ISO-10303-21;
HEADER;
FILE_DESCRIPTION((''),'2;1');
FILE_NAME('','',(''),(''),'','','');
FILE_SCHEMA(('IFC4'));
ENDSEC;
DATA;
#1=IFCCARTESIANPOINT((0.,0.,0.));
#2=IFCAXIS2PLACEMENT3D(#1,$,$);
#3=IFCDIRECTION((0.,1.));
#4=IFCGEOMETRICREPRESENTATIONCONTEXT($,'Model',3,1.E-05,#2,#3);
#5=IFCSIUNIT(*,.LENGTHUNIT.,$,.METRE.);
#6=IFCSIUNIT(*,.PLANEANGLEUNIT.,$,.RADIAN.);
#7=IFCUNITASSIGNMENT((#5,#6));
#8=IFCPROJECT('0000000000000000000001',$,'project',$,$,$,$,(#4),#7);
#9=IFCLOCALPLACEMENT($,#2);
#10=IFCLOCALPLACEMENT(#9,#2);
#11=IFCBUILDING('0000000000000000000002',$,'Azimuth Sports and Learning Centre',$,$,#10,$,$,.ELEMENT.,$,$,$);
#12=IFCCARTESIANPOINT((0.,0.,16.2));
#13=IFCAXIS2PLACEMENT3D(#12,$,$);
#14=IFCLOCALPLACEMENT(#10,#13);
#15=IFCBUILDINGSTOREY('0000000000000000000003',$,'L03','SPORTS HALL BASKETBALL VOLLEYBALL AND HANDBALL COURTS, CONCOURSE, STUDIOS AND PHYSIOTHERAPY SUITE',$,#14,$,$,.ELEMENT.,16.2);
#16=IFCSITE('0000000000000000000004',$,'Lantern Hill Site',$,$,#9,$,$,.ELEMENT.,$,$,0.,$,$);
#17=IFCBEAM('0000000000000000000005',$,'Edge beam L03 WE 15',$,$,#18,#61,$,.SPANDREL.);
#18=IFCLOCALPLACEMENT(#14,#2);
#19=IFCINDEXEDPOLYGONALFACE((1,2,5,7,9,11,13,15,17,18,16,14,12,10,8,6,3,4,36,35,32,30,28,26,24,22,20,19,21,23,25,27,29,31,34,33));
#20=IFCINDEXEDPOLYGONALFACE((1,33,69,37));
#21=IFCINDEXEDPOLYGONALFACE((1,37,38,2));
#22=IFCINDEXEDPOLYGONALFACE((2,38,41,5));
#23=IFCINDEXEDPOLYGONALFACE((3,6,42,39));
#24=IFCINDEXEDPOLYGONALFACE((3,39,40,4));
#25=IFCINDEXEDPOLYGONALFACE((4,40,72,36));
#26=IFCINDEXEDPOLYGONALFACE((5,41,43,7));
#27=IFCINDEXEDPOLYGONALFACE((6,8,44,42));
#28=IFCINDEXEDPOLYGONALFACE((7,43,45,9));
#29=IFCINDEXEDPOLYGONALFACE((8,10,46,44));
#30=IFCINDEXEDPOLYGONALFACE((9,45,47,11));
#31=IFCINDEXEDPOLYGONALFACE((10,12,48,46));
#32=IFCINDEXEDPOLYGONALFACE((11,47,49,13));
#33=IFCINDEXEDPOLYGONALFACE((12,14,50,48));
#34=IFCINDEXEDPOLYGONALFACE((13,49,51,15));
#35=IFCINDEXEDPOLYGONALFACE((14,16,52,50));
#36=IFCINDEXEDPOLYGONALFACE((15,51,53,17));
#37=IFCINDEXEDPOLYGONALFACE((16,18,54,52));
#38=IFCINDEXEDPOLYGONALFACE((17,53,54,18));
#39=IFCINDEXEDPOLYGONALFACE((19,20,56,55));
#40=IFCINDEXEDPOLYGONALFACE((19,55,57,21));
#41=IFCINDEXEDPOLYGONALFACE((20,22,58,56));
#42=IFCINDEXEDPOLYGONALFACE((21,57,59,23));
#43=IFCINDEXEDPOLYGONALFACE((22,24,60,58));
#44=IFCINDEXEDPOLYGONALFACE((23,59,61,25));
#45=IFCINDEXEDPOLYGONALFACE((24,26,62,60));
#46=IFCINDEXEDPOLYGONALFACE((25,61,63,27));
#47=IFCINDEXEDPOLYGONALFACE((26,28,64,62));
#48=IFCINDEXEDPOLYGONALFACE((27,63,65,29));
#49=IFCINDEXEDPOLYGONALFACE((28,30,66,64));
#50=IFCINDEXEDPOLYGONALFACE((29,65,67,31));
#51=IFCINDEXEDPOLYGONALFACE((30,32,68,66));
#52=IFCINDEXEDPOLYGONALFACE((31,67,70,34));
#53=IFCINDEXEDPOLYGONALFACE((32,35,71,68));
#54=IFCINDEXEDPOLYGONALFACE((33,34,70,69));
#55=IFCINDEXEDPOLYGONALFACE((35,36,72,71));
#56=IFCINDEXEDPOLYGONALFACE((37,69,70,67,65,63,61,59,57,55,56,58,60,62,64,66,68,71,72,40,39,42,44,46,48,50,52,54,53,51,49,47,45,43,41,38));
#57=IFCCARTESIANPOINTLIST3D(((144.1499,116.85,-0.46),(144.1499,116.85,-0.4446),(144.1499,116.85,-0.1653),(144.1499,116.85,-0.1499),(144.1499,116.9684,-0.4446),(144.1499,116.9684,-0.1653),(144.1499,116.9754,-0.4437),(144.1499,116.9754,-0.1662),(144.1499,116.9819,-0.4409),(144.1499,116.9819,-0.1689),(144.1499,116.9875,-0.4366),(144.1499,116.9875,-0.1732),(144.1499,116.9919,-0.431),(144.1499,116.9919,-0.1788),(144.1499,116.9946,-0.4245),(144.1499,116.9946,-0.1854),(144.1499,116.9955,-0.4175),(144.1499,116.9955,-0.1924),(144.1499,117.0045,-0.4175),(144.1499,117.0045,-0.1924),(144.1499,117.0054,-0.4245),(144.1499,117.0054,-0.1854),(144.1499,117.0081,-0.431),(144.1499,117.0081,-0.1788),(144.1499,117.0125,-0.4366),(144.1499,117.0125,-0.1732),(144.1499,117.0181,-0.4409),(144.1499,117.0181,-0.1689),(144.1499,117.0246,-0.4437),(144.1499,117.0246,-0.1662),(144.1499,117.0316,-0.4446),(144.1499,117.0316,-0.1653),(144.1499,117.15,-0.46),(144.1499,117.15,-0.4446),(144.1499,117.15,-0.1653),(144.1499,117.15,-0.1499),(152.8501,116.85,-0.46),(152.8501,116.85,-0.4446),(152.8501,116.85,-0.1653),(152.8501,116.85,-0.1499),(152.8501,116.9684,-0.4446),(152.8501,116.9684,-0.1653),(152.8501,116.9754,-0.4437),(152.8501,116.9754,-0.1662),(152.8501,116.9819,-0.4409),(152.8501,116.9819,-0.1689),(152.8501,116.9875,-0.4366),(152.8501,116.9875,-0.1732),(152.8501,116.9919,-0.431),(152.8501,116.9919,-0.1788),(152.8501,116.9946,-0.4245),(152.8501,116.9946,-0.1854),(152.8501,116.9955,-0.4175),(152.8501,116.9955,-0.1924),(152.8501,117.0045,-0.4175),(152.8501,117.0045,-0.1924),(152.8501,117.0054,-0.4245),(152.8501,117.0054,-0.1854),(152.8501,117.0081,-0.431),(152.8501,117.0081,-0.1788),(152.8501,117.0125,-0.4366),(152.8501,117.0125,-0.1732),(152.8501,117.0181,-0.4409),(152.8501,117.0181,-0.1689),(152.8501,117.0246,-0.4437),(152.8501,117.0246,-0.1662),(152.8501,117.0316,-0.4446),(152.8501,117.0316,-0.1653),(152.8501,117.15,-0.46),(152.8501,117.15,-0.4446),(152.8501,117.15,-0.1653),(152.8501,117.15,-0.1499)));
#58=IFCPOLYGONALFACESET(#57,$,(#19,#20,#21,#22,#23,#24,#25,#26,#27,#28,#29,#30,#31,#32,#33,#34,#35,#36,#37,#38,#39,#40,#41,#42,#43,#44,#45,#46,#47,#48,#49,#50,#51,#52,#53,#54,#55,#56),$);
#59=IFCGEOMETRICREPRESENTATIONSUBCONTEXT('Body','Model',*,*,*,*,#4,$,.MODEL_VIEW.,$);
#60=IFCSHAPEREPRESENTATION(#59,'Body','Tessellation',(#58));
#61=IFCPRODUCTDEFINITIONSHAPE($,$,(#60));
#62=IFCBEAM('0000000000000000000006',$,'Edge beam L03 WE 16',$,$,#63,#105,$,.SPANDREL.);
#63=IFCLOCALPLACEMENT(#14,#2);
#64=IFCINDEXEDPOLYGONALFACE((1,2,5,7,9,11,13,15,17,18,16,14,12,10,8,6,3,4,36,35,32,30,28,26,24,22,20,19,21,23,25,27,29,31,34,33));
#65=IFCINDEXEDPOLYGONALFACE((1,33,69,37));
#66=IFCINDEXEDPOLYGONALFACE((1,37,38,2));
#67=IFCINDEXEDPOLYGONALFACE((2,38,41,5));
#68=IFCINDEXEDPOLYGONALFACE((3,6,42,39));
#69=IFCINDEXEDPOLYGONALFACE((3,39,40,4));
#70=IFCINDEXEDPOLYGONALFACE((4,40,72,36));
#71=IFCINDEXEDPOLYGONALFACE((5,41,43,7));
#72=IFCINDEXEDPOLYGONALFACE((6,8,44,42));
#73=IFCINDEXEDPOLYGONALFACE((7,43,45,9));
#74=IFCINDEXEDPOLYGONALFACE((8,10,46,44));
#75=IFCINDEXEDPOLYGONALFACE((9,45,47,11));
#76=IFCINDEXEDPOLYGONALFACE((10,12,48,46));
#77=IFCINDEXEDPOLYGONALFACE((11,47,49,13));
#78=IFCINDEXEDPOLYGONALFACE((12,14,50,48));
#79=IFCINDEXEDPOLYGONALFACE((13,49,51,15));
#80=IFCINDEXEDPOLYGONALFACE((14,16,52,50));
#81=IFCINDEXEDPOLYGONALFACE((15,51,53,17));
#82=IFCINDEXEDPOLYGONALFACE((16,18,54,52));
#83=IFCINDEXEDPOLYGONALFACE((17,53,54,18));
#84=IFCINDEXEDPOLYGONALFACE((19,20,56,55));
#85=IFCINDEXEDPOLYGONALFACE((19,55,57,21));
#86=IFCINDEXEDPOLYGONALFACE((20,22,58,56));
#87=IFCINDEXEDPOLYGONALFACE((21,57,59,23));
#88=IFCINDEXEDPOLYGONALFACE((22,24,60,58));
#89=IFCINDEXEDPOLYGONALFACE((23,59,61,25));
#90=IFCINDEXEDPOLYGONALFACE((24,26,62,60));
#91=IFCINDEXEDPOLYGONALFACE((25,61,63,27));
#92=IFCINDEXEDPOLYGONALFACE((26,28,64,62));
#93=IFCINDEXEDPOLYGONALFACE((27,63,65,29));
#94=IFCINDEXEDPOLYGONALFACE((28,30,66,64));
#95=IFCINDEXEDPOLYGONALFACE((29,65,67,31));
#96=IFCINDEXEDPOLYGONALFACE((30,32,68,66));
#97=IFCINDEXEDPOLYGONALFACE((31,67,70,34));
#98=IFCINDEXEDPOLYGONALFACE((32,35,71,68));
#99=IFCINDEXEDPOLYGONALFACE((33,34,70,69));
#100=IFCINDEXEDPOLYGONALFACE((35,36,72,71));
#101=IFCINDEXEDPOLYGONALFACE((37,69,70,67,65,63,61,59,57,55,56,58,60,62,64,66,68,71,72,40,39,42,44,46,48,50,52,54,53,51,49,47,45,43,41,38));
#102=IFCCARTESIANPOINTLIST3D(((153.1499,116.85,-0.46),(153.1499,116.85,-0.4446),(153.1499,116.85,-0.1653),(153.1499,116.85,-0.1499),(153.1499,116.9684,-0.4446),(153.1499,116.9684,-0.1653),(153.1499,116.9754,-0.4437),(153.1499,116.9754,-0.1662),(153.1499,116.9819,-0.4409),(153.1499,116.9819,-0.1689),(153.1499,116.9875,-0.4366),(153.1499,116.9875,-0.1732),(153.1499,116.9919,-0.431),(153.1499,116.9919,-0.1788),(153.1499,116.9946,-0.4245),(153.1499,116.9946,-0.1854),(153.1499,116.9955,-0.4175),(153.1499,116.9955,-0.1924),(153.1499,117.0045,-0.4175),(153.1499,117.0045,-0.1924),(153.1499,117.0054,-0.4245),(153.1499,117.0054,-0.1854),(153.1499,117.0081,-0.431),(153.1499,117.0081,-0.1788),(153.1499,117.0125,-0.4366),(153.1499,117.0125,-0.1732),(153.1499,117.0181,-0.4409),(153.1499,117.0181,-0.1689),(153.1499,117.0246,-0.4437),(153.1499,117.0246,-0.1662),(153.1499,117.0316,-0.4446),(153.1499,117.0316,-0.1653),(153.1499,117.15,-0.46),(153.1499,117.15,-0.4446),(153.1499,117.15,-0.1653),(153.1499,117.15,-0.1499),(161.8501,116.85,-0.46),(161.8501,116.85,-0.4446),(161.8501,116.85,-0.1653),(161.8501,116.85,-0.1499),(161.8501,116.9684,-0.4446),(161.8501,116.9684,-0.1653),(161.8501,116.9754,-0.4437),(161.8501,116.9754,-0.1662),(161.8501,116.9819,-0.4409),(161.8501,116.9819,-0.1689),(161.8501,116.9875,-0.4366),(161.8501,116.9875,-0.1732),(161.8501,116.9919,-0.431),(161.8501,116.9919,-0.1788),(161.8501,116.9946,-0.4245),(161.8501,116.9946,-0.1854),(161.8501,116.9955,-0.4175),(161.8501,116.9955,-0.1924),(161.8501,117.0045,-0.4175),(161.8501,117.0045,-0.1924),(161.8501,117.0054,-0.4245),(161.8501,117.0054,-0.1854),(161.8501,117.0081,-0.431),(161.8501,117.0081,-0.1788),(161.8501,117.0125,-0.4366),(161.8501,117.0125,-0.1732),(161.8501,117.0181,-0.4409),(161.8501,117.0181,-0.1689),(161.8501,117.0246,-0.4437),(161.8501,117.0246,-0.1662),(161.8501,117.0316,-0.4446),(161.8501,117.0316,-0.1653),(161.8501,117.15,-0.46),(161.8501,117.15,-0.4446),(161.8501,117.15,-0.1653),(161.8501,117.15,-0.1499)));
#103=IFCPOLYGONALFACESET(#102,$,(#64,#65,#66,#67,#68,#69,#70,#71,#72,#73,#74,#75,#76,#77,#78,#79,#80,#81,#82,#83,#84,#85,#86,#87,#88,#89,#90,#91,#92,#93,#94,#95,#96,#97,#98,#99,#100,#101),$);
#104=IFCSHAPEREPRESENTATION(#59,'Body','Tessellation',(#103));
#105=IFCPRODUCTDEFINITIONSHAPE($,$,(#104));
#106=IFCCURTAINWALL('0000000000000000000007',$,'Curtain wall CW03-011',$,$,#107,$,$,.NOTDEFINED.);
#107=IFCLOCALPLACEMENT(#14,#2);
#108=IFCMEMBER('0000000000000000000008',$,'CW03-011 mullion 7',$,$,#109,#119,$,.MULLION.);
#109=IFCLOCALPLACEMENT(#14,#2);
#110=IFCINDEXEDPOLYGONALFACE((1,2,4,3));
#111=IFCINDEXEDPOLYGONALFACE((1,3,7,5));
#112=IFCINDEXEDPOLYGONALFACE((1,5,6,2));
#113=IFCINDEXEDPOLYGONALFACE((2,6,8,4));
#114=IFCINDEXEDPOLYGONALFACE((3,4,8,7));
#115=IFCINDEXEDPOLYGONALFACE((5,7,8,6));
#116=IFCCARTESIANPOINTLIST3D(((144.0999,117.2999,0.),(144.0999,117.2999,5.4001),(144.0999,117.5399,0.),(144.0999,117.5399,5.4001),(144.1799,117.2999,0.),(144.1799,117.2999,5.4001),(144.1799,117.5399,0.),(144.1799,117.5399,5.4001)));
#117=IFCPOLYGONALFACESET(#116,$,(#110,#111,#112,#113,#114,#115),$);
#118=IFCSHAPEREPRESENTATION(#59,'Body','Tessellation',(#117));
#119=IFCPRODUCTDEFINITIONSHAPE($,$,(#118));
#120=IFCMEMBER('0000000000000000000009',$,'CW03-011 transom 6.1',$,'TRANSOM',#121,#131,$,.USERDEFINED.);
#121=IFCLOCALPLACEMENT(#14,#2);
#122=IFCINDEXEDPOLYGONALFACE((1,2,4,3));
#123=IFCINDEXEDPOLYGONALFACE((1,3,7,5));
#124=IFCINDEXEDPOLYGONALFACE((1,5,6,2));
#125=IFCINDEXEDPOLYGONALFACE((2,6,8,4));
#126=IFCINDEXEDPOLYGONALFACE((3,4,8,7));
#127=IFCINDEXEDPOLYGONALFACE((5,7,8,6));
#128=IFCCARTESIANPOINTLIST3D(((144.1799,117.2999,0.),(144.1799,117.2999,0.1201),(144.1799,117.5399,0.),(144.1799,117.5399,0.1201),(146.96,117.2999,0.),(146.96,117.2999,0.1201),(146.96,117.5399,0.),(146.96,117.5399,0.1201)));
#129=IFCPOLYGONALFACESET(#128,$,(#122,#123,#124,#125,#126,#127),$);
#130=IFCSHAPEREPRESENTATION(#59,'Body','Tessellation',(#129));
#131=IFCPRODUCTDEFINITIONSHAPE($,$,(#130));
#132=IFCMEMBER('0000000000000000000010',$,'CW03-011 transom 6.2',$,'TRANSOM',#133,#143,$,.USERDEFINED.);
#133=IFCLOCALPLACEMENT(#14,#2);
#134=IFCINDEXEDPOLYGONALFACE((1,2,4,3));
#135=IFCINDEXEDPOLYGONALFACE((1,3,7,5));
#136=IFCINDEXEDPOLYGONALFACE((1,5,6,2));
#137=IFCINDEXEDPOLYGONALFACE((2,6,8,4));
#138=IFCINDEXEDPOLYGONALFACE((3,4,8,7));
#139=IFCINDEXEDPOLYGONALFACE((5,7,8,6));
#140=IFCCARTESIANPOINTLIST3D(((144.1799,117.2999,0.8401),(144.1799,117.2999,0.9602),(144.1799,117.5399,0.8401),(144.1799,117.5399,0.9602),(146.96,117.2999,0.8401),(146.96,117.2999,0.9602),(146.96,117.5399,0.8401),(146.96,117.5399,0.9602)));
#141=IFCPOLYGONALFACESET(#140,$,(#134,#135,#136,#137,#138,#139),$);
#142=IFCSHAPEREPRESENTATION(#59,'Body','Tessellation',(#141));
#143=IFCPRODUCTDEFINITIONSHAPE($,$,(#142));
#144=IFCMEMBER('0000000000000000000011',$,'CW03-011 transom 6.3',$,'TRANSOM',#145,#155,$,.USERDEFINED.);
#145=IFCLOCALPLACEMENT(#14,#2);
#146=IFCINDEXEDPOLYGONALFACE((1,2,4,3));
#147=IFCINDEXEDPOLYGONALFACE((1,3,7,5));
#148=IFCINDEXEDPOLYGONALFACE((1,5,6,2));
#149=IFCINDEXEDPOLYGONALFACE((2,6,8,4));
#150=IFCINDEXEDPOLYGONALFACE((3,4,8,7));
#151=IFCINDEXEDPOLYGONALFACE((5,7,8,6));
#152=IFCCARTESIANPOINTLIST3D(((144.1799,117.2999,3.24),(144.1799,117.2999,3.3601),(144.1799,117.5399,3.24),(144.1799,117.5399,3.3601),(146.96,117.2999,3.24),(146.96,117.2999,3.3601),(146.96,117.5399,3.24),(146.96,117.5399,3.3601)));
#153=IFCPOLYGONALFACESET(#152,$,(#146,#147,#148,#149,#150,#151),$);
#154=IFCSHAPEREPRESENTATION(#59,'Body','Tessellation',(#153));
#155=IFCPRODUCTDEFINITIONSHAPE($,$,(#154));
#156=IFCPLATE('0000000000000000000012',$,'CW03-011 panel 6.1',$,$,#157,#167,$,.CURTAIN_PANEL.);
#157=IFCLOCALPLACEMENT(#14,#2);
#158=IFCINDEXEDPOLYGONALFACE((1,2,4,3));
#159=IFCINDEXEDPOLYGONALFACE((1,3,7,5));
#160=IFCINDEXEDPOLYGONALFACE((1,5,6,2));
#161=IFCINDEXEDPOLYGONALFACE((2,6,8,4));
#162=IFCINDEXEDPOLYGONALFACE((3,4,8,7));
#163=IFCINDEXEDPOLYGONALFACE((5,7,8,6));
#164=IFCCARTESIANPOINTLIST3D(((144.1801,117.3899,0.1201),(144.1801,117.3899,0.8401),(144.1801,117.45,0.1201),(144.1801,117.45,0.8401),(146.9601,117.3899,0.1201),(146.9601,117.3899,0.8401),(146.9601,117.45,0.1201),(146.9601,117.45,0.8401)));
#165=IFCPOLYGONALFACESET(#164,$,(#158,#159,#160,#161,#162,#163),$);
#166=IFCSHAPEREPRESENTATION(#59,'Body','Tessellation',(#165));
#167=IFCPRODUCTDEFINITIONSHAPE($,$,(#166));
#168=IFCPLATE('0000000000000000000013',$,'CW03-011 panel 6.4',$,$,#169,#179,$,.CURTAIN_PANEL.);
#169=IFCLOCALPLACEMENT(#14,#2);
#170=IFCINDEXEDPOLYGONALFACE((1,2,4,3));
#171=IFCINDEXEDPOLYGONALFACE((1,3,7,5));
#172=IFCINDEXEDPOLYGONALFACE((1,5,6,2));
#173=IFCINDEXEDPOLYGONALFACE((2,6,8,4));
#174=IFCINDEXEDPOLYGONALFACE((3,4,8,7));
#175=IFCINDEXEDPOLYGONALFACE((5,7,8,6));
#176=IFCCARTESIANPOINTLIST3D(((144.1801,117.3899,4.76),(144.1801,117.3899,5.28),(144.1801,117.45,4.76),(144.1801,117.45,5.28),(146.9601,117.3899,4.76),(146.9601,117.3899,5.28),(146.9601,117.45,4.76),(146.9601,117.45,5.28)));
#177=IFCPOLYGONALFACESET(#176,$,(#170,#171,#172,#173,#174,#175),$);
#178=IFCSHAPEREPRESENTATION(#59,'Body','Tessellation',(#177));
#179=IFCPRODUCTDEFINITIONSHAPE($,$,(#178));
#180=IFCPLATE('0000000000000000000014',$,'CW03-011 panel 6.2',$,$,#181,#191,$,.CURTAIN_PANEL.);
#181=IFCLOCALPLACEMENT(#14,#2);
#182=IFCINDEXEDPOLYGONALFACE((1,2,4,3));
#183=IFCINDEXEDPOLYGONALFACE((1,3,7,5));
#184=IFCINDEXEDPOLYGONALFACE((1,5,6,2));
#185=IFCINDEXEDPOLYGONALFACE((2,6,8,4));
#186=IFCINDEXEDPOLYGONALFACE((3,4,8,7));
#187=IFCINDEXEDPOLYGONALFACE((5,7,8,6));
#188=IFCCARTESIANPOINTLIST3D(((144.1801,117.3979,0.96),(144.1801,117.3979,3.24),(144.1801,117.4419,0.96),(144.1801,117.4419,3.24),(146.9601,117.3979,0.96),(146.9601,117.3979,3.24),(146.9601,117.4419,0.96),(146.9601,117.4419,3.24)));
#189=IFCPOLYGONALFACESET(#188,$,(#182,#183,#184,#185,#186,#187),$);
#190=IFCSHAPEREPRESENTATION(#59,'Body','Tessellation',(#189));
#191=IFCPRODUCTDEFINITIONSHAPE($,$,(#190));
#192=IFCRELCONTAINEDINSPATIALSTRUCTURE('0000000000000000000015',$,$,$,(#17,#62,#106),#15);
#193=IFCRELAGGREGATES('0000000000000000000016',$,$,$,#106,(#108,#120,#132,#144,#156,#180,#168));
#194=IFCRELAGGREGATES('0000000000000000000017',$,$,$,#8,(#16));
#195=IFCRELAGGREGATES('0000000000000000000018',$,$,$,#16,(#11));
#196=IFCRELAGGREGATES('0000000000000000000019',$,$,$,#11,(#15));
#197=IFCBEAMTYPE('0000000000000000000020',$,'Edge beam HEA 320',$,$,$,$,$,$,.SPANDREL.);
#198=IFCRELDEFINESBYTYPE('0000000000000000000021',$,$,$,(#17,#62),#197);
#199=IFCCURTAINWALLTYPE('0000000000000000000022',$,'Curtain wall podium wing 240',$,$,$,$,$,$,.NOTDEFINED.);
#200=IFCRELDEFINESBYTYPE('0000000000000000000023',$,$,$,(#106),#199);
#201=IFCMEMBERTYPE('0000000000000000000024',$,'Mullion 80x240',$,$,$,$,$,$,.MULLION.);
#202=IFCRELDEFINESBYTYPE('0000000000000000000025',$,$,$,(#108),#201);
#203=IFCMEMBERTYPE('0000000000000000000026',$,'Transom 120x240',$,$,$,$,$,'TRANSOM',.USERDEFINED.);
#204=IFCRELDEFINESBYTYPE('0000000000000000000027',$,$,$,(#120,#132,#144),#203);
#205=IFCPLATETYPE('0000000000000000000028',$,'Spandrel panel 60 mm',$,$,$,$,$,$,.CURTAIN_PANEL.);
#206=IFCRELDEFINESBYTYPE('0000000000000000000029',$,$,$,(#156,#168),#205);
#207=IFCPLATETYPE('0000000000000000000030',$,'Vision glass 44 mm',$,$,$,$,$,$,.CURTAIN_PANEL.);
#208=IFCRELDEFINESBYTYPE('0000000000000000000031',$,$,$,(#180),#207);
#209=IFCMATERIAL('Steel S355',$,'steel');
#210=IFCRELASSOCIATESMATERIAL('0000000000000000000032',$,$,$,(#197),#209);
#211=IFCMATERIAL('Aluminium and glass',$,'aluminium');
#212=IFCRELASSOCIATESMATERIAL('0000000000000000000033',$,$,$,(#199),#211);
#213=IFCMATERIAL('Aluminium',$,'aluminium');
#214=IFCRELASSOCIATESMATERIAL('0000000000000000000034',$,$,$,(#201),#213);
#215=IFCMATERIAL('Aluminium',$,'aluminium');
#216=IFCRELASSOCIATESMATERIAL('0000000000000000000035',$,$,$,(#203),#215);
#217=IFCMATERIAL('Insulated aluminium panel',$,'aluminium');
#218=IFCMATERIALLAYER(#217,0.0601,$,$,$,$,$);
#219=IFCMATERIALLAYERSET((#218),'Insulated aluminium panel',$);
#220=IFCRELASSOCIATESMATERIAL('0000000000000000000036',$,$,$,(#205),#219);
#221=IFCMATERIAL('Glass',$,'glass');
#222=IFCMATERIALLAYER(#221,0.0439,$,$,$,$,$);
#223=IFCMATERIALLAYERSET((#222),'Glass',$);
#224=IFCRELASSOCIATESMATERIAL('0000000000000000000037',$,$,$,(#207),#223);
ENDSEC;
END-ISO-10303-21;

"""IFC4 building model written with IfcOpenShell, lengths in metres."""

from ifc_helpers import new_model, si_unit, direction, frame, origin, origin_2d, place, context, subcontext, project, spatial, rectangle, i_section, extrude, material, layer, layer_set, material_profile, profile_set, type_object, element, aggregate, save


model = new_model("IFC4")

# Units and contexts
model_context = context("Model", 3, precision=1e-05, world=origin(), true_north=direction((0.0, 1.0)))
body_context = subcontext(model_context, "Body", "Model", "MODEL_VIEW")
ifc_project = project(units=[si_unit("LENGTHUNIT", "METRE"), si_unit("PLANEANGLEUNIT", "RADIAN")], contexts=[model_context])

# Site, building, storey
site_placement = place(None, origin())
site = spatial("IfcSite", under=ifc_project, at=site_placement, Name="Lantern Hill Site", CompositionType="ELEMENT", RefElevation=0.0)
building_placement = place(site_placement, origin())
building = spatial("IfcBuilding", under=site, at=building_placement, Name="Azimuth Sports and Learning Centre", CompositionType="ELEMENT")
storey_placement = place(building_placement, frame((0.0, 0.0, 16.2)))
storey = spatial("IfcBuildingStorey", under=building, at=storey_placement, Name="L03", Description="SPORTS HALL BASKETBALL VOLLEYBALL AND HANDBALL COURTS, CONCOURSE, STUDIOS AND PHYSIOTHERAPY SUITE", CompositionType="ELEMENT", Elevation=16.2)

# Beams
ifc_material_1 = material(Name="Steel S355", Category="steel")
ifc_material_profile_1 = material_profile(ifc_material_1, i_section(OverallWidth=0.3, OverallDepth=0.3101, WebThickness=0.009, FlangeThickness=0.0154, FilletRadius=0.0271, at=origin_2d()), Name="HEA 320")
ifc_profile_set_1 = profile_set([ifc_material_profile_1], Name="Steel S355")
beam_type_1 = type_object("IfcBeamType", Name="Edge beam HEA 320", PredefinedType="SPANDREL", material=ifc_profile_set_1)
for number, where, z_axis, x_axis, name in (
    (1, (144.1499, 117.0, -0.3049), (1.0, 0.0, 0.0), (0.0, 1.0, 0.0), "Edge beam L03 WE 15"),
    (2, (153.1499, 117.0, -0.3049), (1.0, 0.0, 0.0), (0.0, 1.0, 0.0), "Edge beam L03 WE 16"),
):
    element("IfcBeam", number, at=place(storey_placement, frame(where, z_axis=z_axis, x_axis=x_axis)), inside=storey, type_object=beam_type_1, Name=name, PredefinedType="SPANDREL", context=body_context, shape_type="SweptSolid", body=[
        extrude(i_section(OverallWidth=0.3, OverallDepth=0.3101, WebThickness=0.009, FlangeThickness=0.0154, FilletRadius=0.0271, at=origin_2d()), origin(), (0.0, 0.0, 1.0), 8.7002),
    ])

# Curtain wall, members, plates
ifc_material_2 = material(Name="Aluminium and glass", Category="aluminium")
curtain_wall_type = type_object("IfcCurtainWallType", Name="Curtain wall podium wing 240", PredefinedType="NOTDEFINED", material=ifc_material_2)
curtain_wall_placement = place(storey_placement, origin())
curtain_wall = element("IfcCurtainWall", 3, at=curtain_wall_placement, inside=storey, type_object=curtain_wall_type, Name="Curtain wall CW03-011", PredefinedType="NOTDEFINED")
ifc_material_3 = material(Name="Aluminium", Category="aluminium")
ifc_material_profile_2 = material_profile(ifc_material_3, rectangle(XDim=0.24, YDim=0.0801, at=origin_2d()), Name="Mullion 80x240")
ifc_profile_set_2 = profile_set([ifc_material_profile_2], Name="Aluminium")
member_type_1 = type_object("IfcMemberType", Name="Mullion 80x240", PredefinedType="MULLION", material=ifc_profile_set_2)
member_1_placement = place(storey_placement, frame((144.1399, 117.4199, 0.0), z_axis=(0.0, 0.0, 1.0), x_axis=(0.0, -1.0, 0.0)))
member_1 = element("IfcMember", 4, at=member_1_placement, type_object=member_type_1, Name="CW03-011 mullion 7", PredefinedType="MULLION", context=body_context, shape_type="SweptSolid", body=[
    extrude(rectangle(XDim=0.24, YDim=0.0801, at=origin_2d()), origin(), (0.0, 0.0, 1.0), 5.4001),
])
ifc_material_4 = material(Name="Aluminium", Category="aluminium")
ifc_material_profile_3 = material_profile(ifc_material_4, rectangle(XDim=0.24, YDim=0.1201, at=origin_2d()), Name="Transom 120x240")
ifc_profile_set_3 = profile_set([ifc_material_profile_3], Name="Aluminium")
member_type_2 = type_object("IfcMemberType", Name="Transom 120x240", ElementType="TRANSOM", PredefinedType="USERDEFINED", material=ifc_profile_set_3)
member_2_placement = place(storey_placement, frame((146.96, 117.4199, 0.0601), z_axis=(-1.0, 0.0, 0.0), x_axis=(0.0, -1.0, 0.0)))
member_2 = element("IfcMember", 5, at=member_2_placement, type_object=member_type_2, Name="CW03-011 transom 6.1", ObjectType="TRANSOM", PredefinedType="USERDEFINED", context=body_context, shape_type="SweptSolid", body=[
    extrude(rectangle(XDim=0.24, YDim=0.1201, at=origin_2d()), origin(), (0.0, 0.0, 1.0), 2.78),
])
member_3_placement = place(storey_placement, frame((146.96, 117.4199, 0.9001), z_axis=(-1.0, 0.0, 0.0), x_axis=(0.0, -1.0, 0.0)))
member_3 = element("IfcMember", 6, at=member_3_placement, type_object=member_type_2, Name="CW03-011 transom 6.2", ObjectType="TRANSOM", PredefinedType="USERDEFINED", context=body_context, shape_type="SweptSolid", body=[
    extrude(rectangle(XDim=0.24, YDim=0.1201, at=origin_2d()), origin(), (0.0, 0.0, 1.0), 2.78),
])
member_4_placement = place(storey_placement, frame((146.96, 117.4199, 3.3), z_axis=(-1.0, 0.0, 0.0), x_axis=(0.0, -1.0, 0.0)))
member_4 = element("IfcMember", 7, at=member_4_placement, type_object=member_type_2, Name="CW03-011 transom 6.3", ObjectType="TRANSOM", PredefinedType="USERDEFINED", context=body_context, shape_type="SweptSolid", body=[
    extrude(rectangle(XDim=0.24, YDim=0.1201, at=origin_2d()), origin(), (0.0, 0.0, 1.0), 2.78),
])
ifc_material_5 = material(Name="Insulated aluminium panel", Category="aluminium")
ifc_layer_1 = layer(ifc_material_5, 0.0601)
ifc_layer_set_1 = layer_set([ifc_layer_1], Name="Insulated aluminium panel")
plate_type_1 = type_object("IfcPlateType", Name="Spandrel panel 60 mm", PredefinedType="CURTAIN_PANEL", material=ifc_layer_set_1)
plate_1_placement = place(storey_placement, frame((145.5701, 117.4199, 0.1201), z_axis=(0.0, 0.0, 1.0), x_axis=(-1.0, 0.0, 0.0)))
plate_1 = element("IfcPlate", 8, at=plate_1_placement, type_object=plate_type_1, Name="CW03-011 panel 6.1", PredefinedType="CURTAIN_PANEL", context=body_context, shape_type="SweptSolid", body=[
    extrude(rectangle(XDim=2.78, YDim=0.0601, at=origin_2d()), origin(), (0.0, 0.0, 1.0), 0.72),
])
plate_2_placement = place(storey_placement, frame((145.5701, 117.4199, 4.76), z_axis=(0.0, 0.0, 1.0), x_axis=(-1.0, 0.0, 0.0)))
plate_2 = element("IfcPlate", 9, at=plate_2_placement, type_object=plate_type_1, Name="CW03-011 panel 6.4", PredefinedType="CURTAIN_PANEL", context=body_context, shape_type="SweptSolid", body=[
    extrude(rectangle(XDim=2.78, YDim=0.0601, at=origin_2d()), origin(), (0.0, 0.0, 1.0), 0.52),
])
ifc_material_6 = material(Name="Glass", Category="glass")
ifc_layer_2 = layer(ifc_material_6, 0.0439)
ifc_layer_set_2 = layer_set([ifc_layer_2], Name="Glass")
plate_type_2 = type_object("IfcPlateType", Name="Vision glass 44 mm", PredefinedType="CURTAIN_PANEL", material=ifc_layer_set_2)
plate_3_placement = place(storey_placement, frame((145.5701, 117.4199, 0.96), z_axis=(0.0, 0.0, 1.0), x_axis=(-1.0, 0.0, 0.0)))
plate_3 = element("IfcPlate", 10, at=plate_3_placement, type_object=plate_type_2, Name="CW03-011 panel 6.2", PredefinedType="CURTAIN_PANEL", context=body_context, shape_type="SweptSolid", body=[
    extrude(rectangle(XDim=2.78, YDim=0.0439, at=origin_2d()), origin(), (0.0, 0.0, 1.0), 2.28),
])
aggregate(curtain_wall, [member_1, member_2, member_3, member_4, plate_1, plate_3, plate_2])

save(model, "model.ifc")
